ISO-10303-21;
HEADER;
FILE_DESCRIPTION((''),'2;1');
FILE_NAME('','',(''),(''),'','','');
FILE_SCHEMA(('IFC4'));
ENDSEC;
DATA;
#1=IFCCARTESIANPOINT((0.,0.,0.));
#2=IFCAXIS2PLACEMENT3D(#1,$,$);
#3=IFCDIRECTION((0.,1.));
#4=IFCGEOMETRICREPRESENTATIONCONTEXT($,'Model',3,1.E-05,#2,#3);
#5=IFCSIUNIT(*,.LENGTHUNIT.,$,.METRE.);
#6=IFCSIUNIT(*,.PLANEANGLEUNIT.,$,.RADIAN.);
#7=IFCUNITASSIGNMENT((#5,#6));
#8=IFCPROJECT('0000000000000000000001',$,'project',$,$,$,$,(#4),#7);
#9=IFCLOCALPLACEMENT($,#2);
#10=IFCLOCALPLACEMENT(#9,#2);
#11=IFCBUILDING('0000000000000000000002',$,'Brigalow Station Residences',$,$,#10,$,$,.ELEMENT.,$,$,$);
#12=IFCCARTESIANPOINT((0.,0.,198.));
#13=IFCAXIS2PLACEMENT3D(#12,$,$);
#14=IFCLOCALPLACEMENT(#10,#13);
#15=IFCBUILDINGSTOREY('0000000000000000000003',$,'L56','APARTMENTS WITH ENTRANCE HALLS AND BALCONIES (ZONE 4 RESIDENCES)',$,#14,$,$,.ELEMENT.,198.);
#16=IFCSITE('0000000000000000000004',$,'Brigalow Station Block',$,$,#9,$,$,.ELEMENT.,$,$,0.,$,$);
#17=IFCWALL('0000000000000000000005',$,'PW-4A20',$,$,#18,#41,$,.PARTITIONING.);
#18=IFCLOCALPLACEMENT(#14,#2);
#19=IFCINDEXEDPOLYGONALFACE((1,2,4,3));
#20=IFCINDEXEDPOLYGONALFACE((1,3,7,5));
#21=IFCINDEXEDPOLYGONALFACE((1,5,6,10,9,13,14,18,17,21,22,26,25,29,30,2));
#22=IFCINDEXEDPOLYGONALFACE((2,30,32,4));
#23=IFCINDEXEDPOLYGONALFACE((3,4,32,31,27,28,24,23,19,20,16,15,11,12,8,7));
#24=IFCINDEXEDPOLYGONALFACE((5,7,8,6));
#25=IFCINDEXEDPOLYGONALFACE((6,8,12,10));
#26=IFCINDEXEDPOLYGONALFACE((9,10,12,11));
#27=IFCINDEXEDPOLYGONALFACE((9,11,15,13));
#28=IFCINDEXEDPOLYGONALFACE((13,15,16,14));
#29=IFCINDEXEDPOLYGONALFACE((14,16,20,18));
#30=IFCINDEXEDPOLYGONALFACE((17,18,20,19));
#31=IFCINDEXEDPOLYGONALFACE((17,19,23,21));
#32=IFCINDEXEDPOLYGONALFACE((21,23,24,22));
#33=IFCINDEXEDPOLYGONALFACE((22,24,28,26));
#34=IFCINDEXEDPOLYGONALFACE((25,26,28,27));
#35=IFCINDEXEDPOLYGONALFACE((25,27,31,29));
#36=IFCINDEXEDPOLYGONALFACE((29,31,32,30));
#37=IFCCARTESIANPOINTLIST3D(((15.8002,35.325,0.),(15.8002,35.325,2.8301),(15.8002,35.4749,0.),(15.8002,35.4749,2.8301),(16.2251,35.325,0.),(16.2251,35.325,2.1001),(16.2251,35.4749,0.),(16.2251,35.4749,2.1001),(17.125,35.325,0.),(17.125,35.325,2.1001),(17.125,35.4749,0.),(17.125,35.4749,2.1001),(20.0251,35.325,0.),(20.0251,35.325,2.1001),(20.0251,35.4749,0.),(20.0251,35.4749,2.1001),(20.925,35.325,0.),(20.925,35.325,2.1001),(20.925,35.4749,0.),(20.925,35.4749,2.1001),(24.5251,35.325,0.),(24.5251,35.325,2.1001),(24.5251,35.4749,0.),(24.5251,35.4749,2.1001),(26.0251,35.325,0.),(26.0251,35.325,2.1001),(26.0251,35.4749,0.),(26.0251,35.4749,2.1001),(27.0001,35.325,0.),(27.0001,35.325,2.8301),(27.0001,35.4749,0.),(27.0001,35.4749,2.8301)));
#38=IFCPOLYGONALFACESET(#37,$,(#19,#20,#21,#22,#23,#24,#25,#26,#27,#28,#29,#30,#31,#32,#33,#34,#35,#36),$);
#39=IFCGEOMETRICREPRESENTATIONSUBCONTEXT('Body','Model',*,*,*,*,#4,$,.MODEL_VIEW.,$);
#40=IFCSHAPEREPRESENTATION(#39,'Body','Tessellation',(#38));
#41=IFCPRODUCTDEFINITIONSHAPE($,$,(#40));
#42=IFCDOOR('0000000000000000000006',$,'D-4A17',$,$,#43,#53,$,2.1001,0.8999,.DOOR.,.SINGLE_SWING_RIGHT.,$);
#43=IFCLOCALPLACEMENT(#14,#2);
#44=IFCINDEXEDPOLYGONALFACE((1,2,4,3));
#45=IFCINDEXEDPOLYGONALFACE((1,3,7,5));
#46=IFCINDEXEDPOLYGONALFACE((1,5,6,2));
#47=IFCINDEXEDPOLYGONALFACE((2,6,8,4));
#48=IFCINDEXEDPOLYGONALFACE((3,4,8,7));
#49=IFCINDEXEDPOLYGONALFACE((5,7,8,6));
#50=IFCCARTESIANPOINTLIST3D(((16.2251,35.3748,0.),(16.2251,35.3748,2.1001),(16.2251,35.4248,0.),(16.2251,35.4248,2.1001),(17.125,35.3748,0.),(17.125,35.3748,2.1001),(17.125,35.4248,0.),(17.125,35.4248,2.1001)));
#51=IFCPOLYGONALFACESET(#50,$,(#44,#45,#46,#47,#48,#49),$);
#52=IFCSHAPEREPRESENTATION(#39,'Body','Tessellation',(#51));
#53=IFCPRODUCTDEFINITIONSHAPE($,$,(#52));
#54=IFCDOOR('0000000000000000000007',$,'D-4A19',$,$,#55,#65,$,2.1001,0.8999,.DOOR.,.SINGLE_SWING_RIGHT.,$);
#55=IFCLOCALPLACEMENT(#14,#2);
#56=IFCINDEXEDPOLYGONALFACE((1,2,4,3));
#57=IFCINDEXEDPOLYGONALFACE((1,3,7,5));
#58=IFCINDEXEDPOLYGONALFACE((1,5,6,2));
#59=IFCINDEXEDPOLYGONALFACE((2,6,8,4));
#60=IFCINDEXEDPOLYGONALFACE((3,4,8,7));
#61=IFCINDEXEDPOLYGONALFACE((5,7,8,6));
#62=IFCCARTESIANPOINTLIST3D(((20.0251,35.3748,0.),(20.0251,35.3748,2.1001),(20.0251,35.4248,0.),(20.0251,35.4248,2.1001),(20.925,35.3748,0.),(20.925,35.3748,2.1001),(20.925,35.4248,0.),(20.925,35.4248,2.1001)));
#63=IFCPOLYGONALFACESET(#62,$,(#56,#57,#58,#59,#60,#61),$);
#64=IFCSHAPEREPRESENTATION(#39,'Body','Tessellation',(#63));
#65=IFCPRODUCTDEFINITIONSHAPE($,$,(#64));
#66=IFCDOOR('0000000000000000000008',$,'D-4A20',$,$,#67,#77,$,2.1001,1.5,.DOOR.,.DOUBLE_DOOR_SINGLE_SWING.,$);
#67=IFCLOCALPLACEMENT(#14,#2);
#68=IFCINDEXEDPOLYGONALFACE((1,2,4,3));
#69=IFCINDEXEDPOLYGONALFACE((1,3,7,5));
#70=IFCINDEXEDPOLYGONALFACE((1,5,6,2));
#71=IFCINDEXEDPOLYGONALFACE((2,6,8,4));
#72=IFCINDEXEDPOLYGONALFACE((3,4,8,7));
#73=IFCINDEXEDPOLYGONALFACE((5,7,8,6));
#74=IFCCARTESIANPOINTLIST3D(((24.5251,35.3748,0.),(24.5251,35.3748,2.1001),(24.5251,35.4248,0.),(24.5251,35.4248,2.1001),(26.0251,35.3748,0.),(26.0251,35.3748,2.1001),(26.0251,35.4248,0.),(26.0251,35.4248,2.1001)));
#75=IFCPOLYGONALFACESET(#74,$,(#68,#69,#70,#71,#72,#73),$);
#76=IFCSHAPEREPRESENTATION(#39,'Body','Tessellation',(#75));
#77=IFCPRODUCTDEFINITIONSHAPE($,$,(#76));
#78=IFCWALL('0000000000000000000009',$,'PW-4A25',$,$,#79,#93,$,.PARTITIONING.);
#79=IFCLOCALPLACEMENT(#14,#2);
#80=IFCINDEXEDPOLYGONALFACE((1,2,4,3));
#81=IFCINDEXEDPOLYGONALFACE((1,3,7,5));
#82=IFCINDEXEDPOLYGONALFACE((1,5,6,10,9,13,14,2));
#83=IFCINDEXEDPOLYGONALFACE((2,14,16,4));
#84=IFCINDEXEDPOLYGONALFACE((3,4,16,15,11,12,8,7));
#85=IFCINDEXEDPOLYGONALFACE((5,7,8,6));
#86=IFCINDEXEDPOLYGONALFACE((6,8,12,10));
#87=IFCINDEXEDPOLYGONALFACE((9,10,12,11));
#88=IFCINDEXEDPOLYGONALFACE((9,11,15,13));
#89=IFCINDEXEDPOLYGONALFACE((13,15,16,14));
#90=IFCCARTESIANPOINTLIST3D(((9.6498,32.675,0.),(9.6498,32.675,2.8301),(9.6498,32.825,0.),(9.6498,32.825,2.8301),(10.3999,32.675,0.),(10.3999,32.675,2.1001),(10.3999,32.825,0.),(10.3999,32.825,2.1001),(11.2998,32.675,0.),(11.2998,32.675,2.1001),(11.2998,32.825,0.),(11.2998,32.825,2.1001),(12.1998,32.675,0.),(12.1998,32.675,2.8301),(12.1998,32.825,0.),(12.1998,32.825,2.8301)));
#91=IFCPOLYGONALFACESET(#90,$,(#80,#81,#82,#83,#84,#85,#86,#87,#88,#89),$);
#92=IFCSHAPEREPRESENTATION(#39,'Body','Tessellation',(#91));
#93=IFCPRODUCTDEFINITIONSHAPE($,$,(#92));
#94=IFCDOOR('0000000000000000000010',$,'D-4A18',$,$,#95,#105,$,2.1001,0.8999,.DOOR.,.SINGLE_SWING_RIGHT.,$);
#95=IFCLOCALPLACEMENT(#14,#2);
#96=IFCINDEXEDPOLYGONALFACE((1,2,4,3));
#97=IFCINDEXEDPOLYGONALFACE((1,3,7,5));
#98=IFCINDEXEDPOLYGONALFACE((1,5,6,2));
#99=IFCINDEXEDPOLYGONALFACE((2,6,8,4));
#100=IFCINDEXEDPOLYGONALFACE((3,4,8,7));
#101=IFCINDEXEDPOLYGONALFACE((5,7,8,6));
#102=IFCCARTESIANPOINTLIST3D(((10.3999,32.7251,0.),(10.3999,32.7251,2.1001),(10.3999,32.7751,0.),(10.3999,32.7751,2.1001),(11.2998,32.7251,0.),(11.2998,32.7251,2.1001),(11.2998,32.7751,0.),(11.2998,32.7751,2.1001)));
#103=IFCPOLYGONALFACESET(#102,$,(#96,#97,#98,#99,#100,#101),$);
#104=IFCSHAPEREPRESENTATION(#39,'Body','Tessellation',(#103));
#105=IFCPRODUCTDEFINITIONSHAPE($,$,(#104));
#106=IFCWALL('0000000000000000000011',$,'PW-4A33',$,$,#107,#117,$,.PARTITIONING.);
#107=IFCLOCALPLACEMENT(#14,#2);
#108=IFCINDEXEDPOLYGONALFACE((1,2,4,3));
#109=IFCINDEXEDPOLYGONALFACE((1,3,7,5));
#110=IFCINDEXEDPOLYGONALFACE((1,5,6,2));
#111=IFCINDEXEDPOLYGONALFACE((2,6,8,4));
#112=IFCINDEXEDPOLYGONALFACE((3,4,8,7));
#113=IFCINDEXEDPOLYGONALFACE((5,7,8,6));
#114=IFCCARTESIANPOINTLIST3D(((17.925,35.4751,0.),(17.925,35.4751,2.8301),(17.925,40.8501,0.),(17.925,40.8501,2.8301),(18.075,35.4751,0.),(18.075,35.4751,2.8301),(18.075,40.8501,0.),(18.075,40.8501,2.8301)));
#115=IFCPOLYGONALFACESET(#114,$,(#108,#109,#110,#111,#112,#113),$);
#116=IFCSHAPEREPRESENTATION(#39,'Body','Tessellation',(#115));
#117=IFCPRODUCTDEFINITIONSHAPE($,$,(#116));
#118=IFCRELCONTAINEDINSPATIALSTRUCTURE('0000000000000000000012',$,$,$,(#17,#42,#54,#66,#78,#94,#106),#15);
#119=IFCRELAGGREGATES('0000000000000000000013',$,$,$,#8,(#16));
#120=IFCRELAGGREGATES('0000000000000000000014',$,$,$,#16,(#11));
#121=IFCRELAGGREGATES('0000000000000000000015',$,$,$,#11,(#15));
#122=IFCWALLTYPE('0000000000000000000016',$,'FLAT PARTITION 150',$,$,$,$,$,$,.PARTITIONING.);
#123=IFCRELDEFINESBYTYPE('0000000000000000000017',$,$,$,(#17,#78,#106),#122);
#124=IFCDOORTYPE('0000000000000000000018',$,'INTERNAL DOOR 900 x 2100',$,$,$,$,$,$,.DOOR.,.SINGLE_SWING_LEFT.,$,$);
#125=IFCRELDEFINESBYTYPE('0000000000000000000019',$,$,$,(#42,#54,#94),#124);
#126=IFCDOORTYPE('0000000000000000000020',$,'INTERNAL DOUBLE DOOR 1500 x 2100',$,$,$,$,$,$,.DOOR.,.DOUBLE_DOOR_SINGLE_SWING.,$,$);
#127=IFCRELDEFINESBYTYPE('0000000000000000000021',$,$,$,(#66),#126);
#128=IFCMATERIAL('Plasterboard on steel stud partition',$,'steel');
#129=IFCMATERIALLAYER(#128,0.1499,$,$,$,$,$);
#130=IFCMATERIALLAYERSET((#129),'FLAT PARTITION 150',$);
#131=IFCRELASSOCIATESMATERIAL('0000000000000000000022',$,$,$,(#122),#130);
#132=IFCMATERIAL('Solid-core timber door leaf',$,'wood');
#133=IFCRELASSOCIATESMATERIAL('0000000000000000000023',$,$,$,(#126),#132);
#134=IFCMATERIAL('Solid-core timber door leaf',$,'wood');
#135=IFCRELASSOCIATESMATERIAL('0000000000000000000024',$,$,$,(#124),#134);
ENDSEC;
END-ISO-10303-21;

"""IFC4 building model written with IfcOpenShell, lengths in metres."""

from ifc_helpers import new_model, si_unit, direction, frame, frame_2d, origin, place, context, subcontext, project, spatial, rectangle, extrude, material, layer, layer_set, type_object, element, fill, save


model = new_model("IFC4")

# Units and contexts
model_context = context("Model", 3, precision=1e-05, world=origin(), true_north=direction((0.0, 1.0)))
body_context = subcontext(model_context, "Body", "Model", "MODEL_VIEW")
ifc_project = project(units=[si_unit("LENGTHUNIT", "METRE"), si_unit("PLANEANGLEUNIT", "RADIAN")], contexts=[model_context])

# Site, building, storey
site_placement = place(None, origin())
site = spatial("IfcSite", under=ifc_project, at=site_placement, Name="Brigalow Station Block", CompositionType="ELEMENT", RefElevation=0.0)
building_placement = place(site_placement, origin())
building = spatial("IfcBuilding", under=site, at=building_placement, Name="Brigalow Station Residences", CompositionType="ELEMENT")
storey_placement = place(building_placement, frame((0.0, 0.0, 198.0)))
storey = spatial("IfcBuildingStorey", under=building, at=storey_placement, Name="L56", Description="APARTMENTS WITH ENTRANCE HALLS AND BALCONIES (ZONE 4 RESIDENCES)", CompositionType="ELEMENT", Elevation=198.0)

# Shared definitions
ifc_material_1 = material(Name="Plasterboard on steel stud partition", Category="steel")
ifc_layer_1 = layer(ifc_material_1, 0.1499)
ifc_layer_set_1 = layer_set([ifc_layer_1], Name="FLAT PARTITION 150")
wall_type_1 = type_object("IfcWallType", Name="FLAT PARTITION 150", PredefinedType="PARTITIONING", material=ifc_layer_set_1)
ifc_material_2 = material(Name="Solid-core timber door leaf", Category="wood")
door_type_1 = type_object("IfcDoorType", Name="INTERNAL DOUBLE DOOR 1500 x 2100", OperationType="DOUBLE_DOOR_SINGLE_SWING", PredefinedType="DOOR", material=ifc_material_2)

# Wall, openings, doors
wall_1_placement = place(storey_placement, frame((15.8, 35.3999, 0.0), z_axis=(0.0, 0.0, 1.0), x_axis=(1.0, 0.0, 0.0)))
wall_1 = element("IfcWall", 1, at=wall_1_placement, inside=storey, type_object=wall_type_1, Name="PW-4A20", PredefinedType="PARTITIONING", context=body_context, shape_type="SweptSolid", body=[
    extrude(rectangle(XDim=11.2, YDim=0.1499, at=frame_2d((5.6001, 0.0))), origin(), (0.0, 0.0, 1.0), 2.8301),
])
opening_1_placement = place(wall_1_placement, frame((0.425, 0.0, 0.0)))
opening_1 = element("IfcOpeningElement", 2, at=opening_1_placement, cuts=wall_1, PredefinedType="OPENING", context=body_context, shape_type="SweptSolid", body=[
    extrude(rectangle(XDim=0.8999, YDim=2.1001, at=frame_2d((0.45, 1.05))), frame((0.0, 0.085, 0.0), z_axis=(0.0, -1.0, 0.0), x_axis=(1.0, 0.0, 0.0)), (0.0, 0.0, 1.0), 0.1699),
])
opening_2_placement = place(wall_1_placement, frame((4.2251, 0.0, 0.0)))
opening_2 = element("IfcOpeningElement", 3, at=opening_2_placement, cuts=wall_1, PredefinedType="OPENING", context=body_context, shape_type="SweptSolid", body=[
    extrude(rectangle(XDim=0.8999, YDim=2.1001, at=frame_2d((0.45, 1.05))), frame((0.0, 0.085, 0.0), z_axis=(0.0, -1.0, 0.0), x_axis=(1.0, 0.0, 0.0)), (0.0, 0.0, 1.0), 0.1699),
])
opening_3_placement = place(wall_1_placement, frame((8.7251, 0.0, 0.0)))
opening_3 = element("IfcOpeningElement", 4, at=opening_3_placement, cuts=wall_1, PredefinedType="OPENING", context=body_context, shape_type="SweptSolid", body=[
    extrude(rectangle(XDim=1.5, YDim=2.1001, at=frame_2d((0.75, 1.05))), frame((0.0, 0.085, 0.0), z_axis=(0.0, -1.0, 0.0), x_axis=(1.0, 0.0, 0.0)), (0.0, 0.0, 1.0), 0.1699),
])
ifc_material_3 = material(Name="Solid-core timber door leaf", Category="wood")
door_type_2 = type_object("IfcDoorType", Name="INTERNAL DOOR 900 x 2100", OperationType="SINGLE_SWING_LEFT", PredefinedType="DOOR", material=ifc_material_3)
door_1_placement = place(opening_1_placement, origin())
door_1 = element("IfcDoor", 5, at=door_1_placement, inside=storey, type_object=door_type_2, Name="D-4A17", OperationType="SINGLE_SWING_RIGHT", OverallHeight=2.1001, OverallWidth=0.8999, PredefinedType="DOOR", context=body_context, shape_type="SweptSolid", body=[
    extrude(rectangle(XDim=0.8999, YDim=2.1001, at=frame_2d((0.45, 1.05))), frame((0.0, 0.0249, 0.0), z_axis=(0.0, -1.0, 0.0), x_axis=(1.0, 0.0, 0.0)), (0.0, 0.0, 1.0), 0.05),
])
fill(opening_1, door_1)
door_2_placement = place(opening_2_placement, origin())
door_2 = element("IfcDoor", 6, at=door_2_placement, inside=storey, type_object=door_type_2, Name="D-4A19", OperationType="SINGLE_SWING_RIGHT", OverallHeight=2.1001, OverallWidth=0.8999, PredefinedType="DOOR", context=body_context, shape_type="SweptSolid", body=[
    extrude(rectangle(XDim=0.8999, YDim=2.1001, at=frame_2d((0.45, 1.05))), frame((0.0, 0.0249, 0.0), z_axis=(0.0, -1.0, 0.0), x_axis=(1.0, 0.0, 0.0)), (0.0, 0.0, 1.0), 0.05),
])
fill(opening_2, door_2)
door_3_placement = place(opening_3_placement, origin())
door_3 = element("IfcDoor", 7, at=door_3_placement, inside=storey, type_object=door_type_1, Name="D-4A20", OperationType="DOUBLE_DOOR_SINGLE_SWING", OverallHeight=2.1001, OverallWidth=1.5, PredefinedType="DOOR", context=body_context, shape_type="SweptSolid", body=[
    extrude(rectangle(XDim=1.5, YDim=2.1001, at=frame_2d((0.75, 1.05))), frame((0.0, 0.0249, 0.0), z_axis=(0.0, -1.0, 0.0), x_axis=(1.0, 0.0, 0.0)), (0.0, 0.0, 1.0), 0.05),
])
fill(opening_3, door_3)

# Wall, opening, door
wall_2_placement = place(storey_placement, frame((9.6499, 32.75, 0.0), z_axis=(0.0, 0.0, 1.0), x_axis=(1.0, 0.0, 0.0)))
wall_2 = element("IfcWall", 8, at=wall_2_placement, inside=storey, type_object=wall_type_1, Name="PW-4A25", PredefinedType="PARTITIONING", context=body_context, shape_type="SweptSolid", body=[
    extrude(rectangle(XDim=2.55, YDim=0.1499, at=frame_2d((1.2749, 0.0))), origin(), (0.0, 0.0, 1.0), 2.8301),
])
opening_4_placement = place(wall_2_placement, frame((0.75, 0.0, 0.0)))
opening_4 = element("IfcOpeningElement", 9, at=opening_4_placement, cuts=wall_2, PredefinedType="OPENING", context=body_context, shape_type="SweptSolid", body=[
    extrude(rectangle(XDim=0.8999, YDim=2.1001, at=frame_2d((0.45, 1.05))), frame((0.0, 0.085, 0.0), z_axis=(0.0, -1.0, 0.0), x_axis=(1.0, 0.0, 0.0)), (0.0, 0.0, 1.0), 0.1699),
])
door_4_placement = place(opening_4_placement, frame((0.8999, 0.0, 0.0), z_axis=(0.0, 0.0, 1.0), x_axis=(-1.0, 0.0, 0.0)))
door_4 = element("IfcDoor", 10, at=door_4_placement, inside=storey, type_object=door_type_2, Name="D-4A18", OperationType="SINGLE_SWING_RIGHT", OverallHeight=2.1001, OverallWidth=0.8999, PredefinedType="DOOR", context=body_context, shape_type="SweptSolid", body=[
    extrude(rectangle(XDim=0.8999, YDim=2.1001, at=frame_2d((0.45, 1.05))), frame((0.0, 0.0249, 0.0), z_axis=(0.0, -1.0, 0.0), x_axis=(1.0, 0.0, 0.0)), (0.0, 0.0, 1.0), 0.05),
])
fill(opening_4, door_4)

# Wall
wall_3_placement = place(storey_placement, frame((18.0, 35.4751, 0.0), z_axis=(0.0, 0.0, 1.0), x_axis=(0.0, 1.0, 0.0)))
element("IfcWall", 11, at=wall_3_placement, inside=storey, type_object=wall_type_1, Name="PW-4A33", PredefinedType="PARTITIONING", context=body_context, shape_type="SweptSolid", body=[
    extrude(rectangle(XDim=5.375, YDim=0.1499, at=frame_2d((2.6875, 0.0))), origin(), (0.0, 0.0, 1.0), 2.8301),
])

save(model, "model.ifc")
